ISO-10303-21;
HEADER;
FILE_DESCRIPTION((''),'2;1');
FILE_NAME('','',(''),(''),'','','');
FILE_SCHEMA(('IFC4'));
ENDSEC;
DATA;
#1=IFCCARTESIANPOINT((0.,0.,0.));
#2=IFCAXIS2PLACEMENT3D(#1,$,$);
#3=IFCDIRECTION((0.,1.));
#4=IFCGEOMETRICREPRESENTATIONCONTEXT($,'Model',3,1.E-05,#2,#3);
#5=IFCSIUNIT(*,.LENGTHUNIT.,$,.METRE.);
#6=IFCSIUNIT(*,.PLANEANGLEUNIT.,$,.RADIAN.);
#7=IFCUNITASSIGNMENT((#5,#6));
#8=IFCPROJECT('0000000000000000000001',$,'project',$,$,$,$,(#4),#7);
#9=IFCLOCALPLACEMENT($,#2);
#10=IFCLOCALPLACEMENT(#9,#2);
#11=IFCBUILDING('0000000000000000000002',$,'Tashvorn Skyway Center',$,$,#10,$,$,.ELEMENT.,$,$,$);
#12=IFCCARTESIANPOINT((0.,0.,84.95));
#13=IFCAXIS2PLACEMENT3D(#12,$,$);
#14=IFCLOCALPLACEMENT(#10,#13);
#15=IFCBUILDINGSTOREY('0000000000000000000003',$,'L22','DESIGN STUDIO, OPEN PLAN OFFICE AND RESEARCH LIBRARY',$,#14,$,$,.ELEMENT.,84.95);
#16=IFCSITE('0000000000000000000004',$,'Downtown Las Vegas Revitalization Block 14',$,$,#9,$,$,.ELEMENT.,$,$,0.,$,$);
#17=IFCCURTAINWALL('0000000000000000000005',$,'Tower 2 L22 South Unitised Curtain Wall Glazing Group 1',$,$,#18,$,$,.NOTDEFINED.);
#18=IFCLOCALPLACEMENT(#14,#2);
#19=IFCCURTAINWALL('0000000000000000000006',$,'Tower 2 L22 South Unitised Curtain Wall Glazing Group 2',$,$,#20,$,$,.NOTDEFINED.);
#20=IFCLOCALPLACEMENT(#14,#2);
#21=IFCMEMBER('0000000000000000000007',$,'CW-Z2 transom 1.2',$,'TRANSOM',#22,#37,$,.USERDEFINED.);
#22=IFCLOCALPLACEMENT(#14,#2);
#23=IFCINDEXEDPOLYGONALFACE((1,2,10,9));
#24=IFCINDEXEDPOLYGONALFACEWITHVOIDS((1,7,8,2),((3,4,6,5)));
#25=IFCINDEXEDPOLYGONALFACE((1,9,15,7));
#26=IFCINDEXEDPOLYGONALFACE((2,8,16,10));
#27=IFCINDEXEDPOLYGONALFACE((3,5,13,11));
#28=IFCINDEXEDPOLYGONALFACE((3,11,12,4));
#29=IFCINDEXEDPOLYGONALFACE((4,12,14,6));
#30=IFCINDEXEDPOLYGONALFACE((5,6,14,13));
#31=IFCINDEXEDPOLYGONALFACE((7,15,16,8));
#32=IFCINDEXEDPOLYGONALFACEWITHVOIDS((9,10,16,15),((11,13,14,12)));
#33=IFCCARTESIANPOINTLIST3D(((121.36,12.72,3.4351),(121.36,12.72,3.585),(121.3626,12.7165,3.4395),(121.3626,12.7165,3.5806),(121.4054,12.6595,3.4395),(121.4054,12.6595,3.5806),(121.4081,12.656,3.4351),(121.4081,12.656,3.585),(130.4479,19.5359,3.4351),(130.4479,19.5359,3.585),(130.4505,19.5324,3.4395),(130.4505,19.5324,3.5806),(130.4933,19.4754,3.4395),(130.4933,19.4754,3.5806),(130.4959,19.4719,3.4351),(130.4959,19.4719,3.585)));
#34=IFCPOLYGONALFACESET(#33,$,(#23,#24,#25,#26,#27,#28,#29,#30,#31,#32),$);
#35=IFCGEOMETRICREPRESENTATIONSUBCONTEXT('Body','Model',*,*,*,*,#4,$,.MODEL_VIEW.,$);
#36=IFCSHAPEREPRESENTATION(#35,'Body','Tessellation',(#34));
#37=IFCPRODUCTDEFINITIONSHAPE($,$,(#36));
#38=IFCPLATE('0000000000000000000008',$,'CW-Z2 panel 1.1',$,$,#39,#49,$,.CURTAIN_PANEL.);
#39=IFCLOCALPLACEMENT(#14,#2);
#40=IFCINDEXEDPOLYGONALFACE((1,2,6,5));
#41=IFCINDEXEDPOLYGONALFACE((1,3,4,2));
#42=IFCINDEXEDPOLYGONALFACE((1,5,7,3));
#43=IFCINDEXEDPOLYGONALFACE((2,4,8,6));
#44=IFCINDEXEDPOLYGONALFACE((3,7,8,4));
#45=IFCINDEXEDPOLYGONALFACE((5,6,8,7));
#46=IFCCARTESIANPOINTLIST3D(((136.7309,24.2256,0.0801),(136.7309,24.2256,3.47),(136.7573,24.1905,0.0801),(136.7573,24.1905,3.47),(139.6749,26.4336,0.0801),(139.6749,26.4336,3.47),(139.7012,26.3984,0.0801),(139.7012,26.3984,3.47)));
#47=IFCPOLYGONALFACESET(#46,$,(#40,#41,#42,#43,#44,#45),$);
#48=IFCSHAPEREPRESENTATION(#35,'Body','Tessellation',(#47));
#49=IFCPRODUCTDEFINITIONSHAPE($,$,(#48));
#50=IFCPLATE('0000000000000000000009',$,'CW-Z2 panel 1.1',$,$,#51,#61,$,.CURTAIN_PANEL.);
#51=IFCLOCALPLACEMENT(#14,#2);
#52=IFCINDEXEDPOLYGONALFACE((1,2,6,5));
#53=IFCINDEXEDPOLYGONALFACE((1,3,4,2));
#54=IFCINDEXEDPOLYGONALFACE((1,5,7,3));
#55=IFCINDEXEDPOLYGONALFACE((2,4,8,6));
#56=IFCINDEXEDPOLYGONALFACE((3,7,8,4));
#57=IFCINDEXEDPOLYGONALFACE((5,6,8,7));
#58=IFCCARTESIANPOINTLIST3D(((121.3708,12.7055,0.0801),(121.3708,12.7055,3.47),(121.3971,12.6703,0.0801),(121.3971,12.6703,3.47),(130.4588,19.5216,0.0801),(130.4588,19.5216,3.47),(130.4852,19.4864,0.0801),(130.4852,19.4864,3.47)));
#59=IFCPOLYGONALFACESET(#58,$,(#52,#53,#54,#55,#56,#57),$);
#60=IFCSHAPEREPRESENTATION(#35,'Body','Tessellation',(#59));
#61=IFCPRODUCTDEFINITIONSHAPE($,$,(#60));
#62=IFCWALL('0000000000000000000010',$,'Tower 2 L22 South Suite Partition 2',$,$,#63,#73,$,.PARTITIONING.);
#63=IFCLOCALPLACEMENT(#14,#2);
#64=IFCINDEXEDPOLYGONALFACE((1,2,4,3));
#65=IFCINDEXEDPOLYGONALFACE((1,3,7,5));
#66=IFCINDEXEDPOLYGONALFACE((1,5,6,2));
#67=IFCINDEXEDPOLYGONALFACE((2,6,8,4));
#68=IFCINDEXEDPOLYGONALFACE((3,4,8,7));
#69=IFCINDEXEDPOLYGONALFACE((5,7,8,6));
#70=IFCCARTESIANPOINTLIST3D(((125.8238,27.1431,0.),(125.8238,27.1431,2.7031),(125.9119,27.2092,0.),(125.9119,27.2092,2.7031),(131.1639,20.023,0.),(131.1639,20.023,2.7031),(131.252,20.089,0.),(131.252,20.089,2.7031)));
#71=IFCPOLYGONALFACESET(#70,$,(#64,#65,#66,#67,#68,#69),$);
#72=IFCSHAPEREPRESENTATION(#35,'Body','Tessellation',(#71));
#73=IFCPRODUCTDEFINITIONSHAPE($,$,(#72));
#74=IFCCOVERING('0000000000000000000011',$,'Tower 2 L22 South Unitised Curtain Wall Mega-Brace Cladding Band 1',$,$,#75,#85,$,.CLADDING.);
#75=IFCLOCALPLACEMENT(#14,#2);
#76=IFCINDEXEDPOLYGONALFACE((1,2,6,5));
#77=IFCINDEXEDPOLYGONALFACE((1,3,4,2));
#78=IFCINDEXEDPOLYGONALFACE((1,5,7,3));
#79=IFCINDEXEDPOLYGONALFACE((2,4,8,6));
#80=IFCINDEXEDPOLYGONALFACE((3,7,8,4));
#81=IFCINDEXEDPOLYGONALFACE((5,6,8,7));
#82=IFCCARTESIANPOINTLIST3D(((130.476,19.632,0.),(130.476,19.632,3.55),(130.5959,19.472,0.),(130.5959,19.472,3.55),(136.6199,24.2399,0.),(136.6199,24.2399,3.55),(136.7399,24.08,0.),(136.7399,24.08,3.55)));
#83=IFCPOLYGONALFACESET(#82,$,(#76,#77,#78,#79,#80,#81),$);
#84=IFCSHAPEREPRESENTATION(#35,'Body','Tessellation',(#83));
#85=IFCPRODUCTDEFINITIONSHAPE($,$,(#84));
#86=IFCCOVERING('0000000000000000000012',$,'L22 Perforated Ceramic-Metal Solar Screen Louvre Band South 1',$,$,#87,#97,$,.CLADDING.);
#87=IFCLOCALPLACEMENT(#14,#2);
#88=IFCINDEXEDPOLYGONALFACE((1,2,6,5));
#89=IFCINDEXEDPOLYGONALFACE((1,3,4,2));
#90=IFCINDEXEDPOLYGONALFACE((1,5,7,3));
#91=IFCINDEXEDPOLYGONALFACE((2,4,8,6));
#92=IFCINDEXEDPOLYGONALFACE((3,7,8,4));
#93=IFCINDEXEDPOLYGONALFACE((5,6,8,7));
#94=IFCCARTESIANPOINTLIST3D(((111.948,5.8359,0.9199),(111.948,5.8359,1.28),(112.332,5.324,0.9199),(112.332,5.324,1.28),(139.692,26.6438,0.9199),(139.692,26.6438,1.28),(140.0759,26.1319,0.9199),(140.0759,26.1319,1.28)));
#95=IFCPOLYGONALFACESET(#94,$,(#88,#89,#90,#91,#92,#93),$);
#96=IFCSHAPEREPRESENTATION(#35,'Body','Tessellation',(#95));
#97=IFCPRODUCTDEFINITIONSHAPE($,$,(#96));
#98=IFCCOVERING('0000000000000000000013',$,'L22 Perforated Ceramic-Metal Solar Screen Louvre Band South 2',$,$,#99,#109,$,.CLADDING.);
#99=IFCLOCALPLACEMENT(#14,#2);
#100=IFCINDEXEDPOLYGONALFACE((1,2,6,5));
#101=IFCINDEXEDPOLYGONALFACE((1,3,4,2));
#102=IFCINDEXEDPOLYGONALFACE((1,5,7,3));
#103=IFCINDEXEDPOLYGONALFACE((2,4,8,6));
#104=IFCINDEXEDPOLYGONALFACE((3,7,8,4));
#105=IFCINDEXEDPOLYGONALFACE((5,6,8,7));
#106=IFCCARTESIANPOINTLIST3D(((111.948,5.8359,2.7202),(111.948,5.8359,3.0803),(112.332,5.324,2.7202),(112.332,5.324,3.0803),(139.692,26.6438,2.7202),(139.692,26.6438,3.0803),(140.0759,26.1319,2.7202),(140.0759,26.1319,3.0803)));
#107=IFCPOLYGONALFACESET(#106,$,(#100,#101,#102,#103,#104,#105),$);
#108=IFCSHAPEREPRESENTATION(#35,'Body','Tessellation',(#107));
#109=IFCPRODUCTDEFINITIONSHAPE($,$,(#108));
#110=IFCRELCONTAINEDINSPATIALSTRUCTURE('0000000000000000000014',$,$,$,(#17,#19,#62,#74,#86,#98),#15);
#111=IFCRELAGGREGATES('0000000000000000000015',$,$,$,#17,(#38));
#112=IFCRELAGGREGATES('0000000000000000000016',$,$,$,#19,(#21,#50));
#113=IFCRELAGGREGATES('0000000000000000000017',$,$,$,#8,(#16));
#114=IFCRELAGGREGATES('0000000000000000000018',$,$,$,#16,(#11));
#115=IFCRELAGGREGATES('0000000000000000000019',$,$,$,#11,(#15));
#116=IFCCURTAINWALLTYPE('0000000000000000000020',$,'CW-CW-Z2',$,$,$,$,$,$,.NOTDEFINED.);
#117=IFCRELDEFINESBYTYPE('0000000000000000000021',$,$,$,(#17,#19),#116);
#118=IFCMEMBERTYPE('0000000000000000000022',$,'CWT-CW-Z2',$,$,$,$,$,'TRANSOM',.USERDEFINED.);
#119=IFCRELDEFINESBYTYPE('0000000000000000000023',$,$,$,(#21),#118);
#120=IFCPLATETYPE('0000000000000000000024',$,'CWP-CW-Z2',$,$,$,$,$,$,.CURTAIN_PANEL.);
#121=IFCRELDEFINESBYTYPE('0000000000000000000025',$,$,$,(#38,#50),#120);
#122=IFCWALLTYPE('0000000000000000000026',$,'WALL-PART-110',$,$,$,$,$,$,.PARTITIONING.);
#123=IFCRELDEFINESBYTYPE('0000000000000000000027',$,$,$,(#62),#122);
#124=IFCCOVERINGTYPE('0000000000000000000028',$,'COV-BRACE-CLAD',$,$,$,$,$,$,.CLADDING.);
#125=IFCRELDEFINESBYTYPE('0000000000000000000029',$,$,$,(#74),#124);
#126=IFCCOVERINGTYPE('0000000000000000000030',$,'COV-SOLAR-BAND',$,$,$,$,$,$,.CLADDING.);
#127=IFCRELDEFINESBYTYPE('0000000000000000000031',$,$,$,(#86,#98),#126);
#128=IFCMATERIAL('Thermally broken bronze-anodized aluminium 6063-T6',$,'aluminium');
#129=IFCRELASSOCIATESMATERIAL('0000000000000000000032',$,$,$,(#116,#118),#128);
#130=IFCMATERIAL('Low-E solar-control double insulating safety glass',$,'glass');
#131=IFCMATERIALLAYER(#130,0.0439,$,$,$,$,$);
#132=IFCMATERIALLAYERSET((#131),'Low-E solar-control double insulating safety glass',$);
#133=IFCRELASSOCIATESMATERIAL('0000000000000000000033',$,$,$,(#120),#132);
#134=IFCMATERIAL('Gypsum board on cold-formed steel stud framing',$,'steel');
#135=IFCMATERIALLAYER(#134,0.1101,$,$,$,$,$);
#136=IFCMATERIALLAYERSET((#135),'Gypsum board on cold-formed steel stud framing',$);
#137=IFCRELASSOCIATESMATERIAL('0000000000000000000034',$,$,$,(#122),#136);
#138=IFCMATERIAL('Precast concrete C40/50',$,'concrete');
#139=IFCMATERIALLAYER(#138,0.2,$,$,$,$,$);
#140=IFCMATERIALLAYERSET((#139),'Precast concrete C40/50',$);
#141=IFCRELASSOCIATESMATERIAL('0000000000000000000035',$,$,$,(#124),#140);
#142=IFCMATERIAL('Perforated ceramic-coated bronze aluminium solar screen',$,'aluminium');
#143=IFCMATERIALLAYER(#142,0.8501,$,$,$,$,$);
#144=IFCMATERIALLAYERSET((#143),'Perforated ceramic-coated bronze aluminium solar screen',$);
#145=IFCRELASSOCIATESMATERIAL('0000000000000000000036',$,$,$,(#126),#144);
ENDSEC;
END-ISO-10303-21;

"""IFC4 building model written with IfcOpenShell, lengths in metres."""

from ifc_helpers import new_model, si_unit, direction, frame, frame_2d, origin, origin_2d, place, context, subcontext, project, spatial, rectangle, hollow_rectangle, extrude, material, layer, layer_set, material_profile, profile_set, type_object, element, aggregate, save


model = new_model("IFC4")

# Units and contexts
model_context = context("Model", 3, precision=1e-05, world=origin(), true_north=direction((0.0, 1.0)))
body_context = subcontext(model_context, "Body", "Model", "MODEL_VIEW")
ifc_project = project(units=[si_unit("LENGTHUNIT", "METRE"), si_unit("PLANEANGLEUNIT", "RADIAN")], contexts=[model_context])

# Site, building, storey
site_placement = place(None, origin())
site = spatial("IfcSite", under=ifc_project, at=site_placement, Name="Downtown Las Vegas Revitalization Block 14", CompositionType="ELEMENT", RefElevation=0.0)
building_placement = place(site_placement, origin())
building = spatial("IfcBuilding", under=site, at=building_placement, Name="Tashvorn Skyway Center", CompositionType="ELEMENT")
storey_placement = place(building_placement, frame((0.0, 0.0, 84.95)))
storey = spatial("IfcBuildingStorey", under=building, at=storey_placement, Name="L22", Description="DESIGN STUDIO, OPEN PLAN OFFICE AND RESEARCH LIBRARY", CompositionType="ELEMENT", Elevation=84.95)

# Curtain walls
ifc_material_1 = material(Name="Thermally broken bronze-anodized aluminium 6063-T6", Category="aluminium")
curtain_wall_type = type_object("IfcCurtainWallType", Name="CW-CW-Z2", PredefinedType="NOTDEFINED", material=ifc_material_1)
curtain_wall_1_placement = place(storey_placement, origin())
curtain_wall_1 = element("IfcCurtainWall", 1, at=curtain_wall_1_placement, inside=storey, type_object=curtain_wall_type, Name="Tower 2 L22 South Unitised Curtain Wall Glazing Group 1", PredefinedType="NOTDEFINED")
curtain_wall_2_placement = place(storey_placement, origin())
curtain_wall_2 = element("IfcCurtainWall", 2, at=curtain_wall_2_placement, inside=storey, type_object=curtain_wall_type, Name="Tower 2 L22 South Unitised Curtain Wall Glazing Group 2", PredefinedType="NOTDEFINED")

# Member
ifc_material_profile_1 = material_profile(ifc_material_1, hollow_rectangle(XDim=0.0801, YDim=0.1499, WallThickness=0.0044, at=origin_2d()), Name="ALU-TRAN-80x150")
ifc_profile_set_1 = profile_set([ifc_material_profile_1], Name="Thermally broken bronze-anodized aluminium 6063-T6")
member_type_1 = type_object("IfcMemberType", Name="CWT-CW-Z2", ElementType="TRANSOM", PredefinedType="USERDEFINED", material=ifc_profile_set_1)
member_1_placement = place(storey_placement, frame((130.4719, 19.5039, 3.51), z_axis=(-0.8, -0.6, 0.0), x_axis=(0.6, -0.8, 0.0)))
member_1 = element("IfcMember", 3, at=member_1_placement, type_object=member_type_1, Name="CW-Z2 transom 1.2", ObjectType="TRANSOM", PredefinedType="USERDEFINED", context=body_context, shape_type="SweptSolid", body=[
    extrude(hollow_rectangle(XDim=0.0801, YDim=0.1499, WallThickness=0.0044, at=origin_2d()), origin(), (0.0, 0.0, 1.0), 11.3599),
])

# Plates
ifc_material_2 = material(Name="Low-E solar-control double insulating safety glass", Category="glass")
ifc_layer_1 = layer(ifc_material_2, 0.0439)
ifc_layer_set_1 = layer_set([ifc_layer_1], Name="Low-E solar-control double insulating safety glass")
plate_type = type_object("IfcPlateType", Name="CWP-CW-Z2", PredefinedType="CURTAIN_PANEL", material=ifc_layer_set_1)
plate_1_placement = place(storey_placement, frame((138.2161, 25.312, 0.0801), z_axis=(0.0, 0.0, 1.0), x_axis=(-0.8, -0.6, 0.0)))
plate_1 = element("IfcPlate", 4, at=plate_1_placement, type_object=plate_type, Name="CW-Z2 panel 1.1", PredefinedType="CURTAIN_PANEL", context=body_context, shape_type="SweptSolid", body=[
    extrude(rectangle(XDim=3.6799, YDim=0.0439, at=origin_2d()), origin(), (0.0, 0.0, 1.0), 3.3899),
])
aggregate(curtain_wall_1, [plate_1])
plate_2_placement = place(storey_placement, frame((125.928, 16.0959, 0.0801), z_axis=(0.0, 0.0, 1.0), x_axis=(-0.8, -0.6, 0.0)))
plate_2 = element("IfcPlate", 5, at=plate_2_placement, type_object=plate_type, Name="CW-Z2 panel 1.1", PredefinedType="CURTAIN_PANEL", context=body_context, shape_type="SweptSolid", body=[
    extrude(rectangle(XDim=11.3601, YDim=0.0439, at=origin_2d()), origin(), (0.0, 0.0, 1.0), 3.3899),
])
aggregate(curtain_wall_2, [member_1, plate_2])

# Wall
ifc_material_3 = material(Name="Gypsum board on cold-formed steel stud framing", Category="steel")
ifc_layer_2 = layer(ifc_material_3, 0.1101)
ifc_layer_set_2 = layer_set([ifc_layer_2], Name="Gypsum board on cold-formed steel stud framing")
wall_type = type_object("IfcWallType", Name="WALL-PART-110", PredefinedType="PARTITIONING", material=ifc_layer_set_2)
wall_placement = place(storey_placement, frame((131.208, 20.0559, 0.0), z_axis=(0.0, 0.0, 1.0), x_axis=(-0.6, 0.8, 0.0)))
element("IfcWall", 6, at=wall_placement, inside=storey, type_object=wall_type, Name="Tower 2 L22 South Suite Partition 2", PredefinedType="PARTITIONING", context=body_context, shape_type="SweptSolid", body=[
    extrude(rectangle(XDim=8.9001, YDim=0.1101, at=frame_2d((4.4502, 0.0))), origin(), (0.0, 0.0, 1.0), 2.7031),
])

# Coverings
ifc_material_4 = material(Name="Precast concrete C40/50", Category="concrete")
ifc_layer_3 = layer(ifc_material_4, 0.2)
ifc_layer_set_3 = layer_set([ifc_layer_3], Name="Precast concrete C40/50")
covering_type_1 = type_object("IfcCoveringType", Name="COV-BRACE-CLAD", PredefinedType="CLADDING", material=ifc_layer_set_3)
covering_placement = place(storey_placement, frame((133.6079, 21.856, 0.0), z_axis=(0.0, 0.0, 1.0), x_axis=(-0.8, -0.6, 0.0)))
element("IfcCovering", 7, at=covering_placement, inside=storey, type_object=covering_type_1, Name="Tower 2 L22 South Unitised Curtain Wall Mega-Brace Cladding Band 1", PredefinedType="CLADDING", context=body_context, shape_type="SweptSolid", body=[
    extrude(rectangle(XDim=7.6799, YDim=0.2, at=origin_2d()), origin(), (0.0, 0.0, 1.0), 3.55),
])
ifc_material_5 = material(Name="Perforated ceramic-coated bronze aluminium solar screen", Category="aluminium")
ifc_layer_4 = layer(ifc_material_5, 0.8501)
ifc_layer_set_4 = layer_set([ifc_layer_4], Name="Perforated ceramic-coated bronze aluminium solar screen")
covering_type_2 = type_object("IfcCoveringType", Name="COV-SOLAR-BAND", PredefinedType="CLADDING", material=ifc_layer_set_4)
for number, where, z_axis, x_axis, name in (
    (8, (126.012, 15.9839, 0.9199), (0.0, 0.0, 1.0), (-0.8, -0.6, 0.0), "L22 Perforated Ceramic-Metal Solar Screen Louvre Band South 1"),
    (9, (126.012, 15.9839, 2.7202), (0.0, 0.0, 1.0), (-0.8, -0.6, 0.0), "L22 Perforated Ceramic-Metal Solar Screen Louvre Band South 2"),
):
    element("IfcCovering", number, at=place(storey_placement, frame(where, z_axis=z_axis, x_axis=x_axis)), inside=storey, type_object=covering_type_2, Name=name, PredefinedType="CLADDING", context=body_context, shape_type="SweptSolid", body=[
        extrude(rectangle(XDim=34.6799, YDim=0.6399, at=origin_2d()), origin(), (0.0, 0.0, 1.0), 0.3601),
    ])

save(model, "model.ifc")
